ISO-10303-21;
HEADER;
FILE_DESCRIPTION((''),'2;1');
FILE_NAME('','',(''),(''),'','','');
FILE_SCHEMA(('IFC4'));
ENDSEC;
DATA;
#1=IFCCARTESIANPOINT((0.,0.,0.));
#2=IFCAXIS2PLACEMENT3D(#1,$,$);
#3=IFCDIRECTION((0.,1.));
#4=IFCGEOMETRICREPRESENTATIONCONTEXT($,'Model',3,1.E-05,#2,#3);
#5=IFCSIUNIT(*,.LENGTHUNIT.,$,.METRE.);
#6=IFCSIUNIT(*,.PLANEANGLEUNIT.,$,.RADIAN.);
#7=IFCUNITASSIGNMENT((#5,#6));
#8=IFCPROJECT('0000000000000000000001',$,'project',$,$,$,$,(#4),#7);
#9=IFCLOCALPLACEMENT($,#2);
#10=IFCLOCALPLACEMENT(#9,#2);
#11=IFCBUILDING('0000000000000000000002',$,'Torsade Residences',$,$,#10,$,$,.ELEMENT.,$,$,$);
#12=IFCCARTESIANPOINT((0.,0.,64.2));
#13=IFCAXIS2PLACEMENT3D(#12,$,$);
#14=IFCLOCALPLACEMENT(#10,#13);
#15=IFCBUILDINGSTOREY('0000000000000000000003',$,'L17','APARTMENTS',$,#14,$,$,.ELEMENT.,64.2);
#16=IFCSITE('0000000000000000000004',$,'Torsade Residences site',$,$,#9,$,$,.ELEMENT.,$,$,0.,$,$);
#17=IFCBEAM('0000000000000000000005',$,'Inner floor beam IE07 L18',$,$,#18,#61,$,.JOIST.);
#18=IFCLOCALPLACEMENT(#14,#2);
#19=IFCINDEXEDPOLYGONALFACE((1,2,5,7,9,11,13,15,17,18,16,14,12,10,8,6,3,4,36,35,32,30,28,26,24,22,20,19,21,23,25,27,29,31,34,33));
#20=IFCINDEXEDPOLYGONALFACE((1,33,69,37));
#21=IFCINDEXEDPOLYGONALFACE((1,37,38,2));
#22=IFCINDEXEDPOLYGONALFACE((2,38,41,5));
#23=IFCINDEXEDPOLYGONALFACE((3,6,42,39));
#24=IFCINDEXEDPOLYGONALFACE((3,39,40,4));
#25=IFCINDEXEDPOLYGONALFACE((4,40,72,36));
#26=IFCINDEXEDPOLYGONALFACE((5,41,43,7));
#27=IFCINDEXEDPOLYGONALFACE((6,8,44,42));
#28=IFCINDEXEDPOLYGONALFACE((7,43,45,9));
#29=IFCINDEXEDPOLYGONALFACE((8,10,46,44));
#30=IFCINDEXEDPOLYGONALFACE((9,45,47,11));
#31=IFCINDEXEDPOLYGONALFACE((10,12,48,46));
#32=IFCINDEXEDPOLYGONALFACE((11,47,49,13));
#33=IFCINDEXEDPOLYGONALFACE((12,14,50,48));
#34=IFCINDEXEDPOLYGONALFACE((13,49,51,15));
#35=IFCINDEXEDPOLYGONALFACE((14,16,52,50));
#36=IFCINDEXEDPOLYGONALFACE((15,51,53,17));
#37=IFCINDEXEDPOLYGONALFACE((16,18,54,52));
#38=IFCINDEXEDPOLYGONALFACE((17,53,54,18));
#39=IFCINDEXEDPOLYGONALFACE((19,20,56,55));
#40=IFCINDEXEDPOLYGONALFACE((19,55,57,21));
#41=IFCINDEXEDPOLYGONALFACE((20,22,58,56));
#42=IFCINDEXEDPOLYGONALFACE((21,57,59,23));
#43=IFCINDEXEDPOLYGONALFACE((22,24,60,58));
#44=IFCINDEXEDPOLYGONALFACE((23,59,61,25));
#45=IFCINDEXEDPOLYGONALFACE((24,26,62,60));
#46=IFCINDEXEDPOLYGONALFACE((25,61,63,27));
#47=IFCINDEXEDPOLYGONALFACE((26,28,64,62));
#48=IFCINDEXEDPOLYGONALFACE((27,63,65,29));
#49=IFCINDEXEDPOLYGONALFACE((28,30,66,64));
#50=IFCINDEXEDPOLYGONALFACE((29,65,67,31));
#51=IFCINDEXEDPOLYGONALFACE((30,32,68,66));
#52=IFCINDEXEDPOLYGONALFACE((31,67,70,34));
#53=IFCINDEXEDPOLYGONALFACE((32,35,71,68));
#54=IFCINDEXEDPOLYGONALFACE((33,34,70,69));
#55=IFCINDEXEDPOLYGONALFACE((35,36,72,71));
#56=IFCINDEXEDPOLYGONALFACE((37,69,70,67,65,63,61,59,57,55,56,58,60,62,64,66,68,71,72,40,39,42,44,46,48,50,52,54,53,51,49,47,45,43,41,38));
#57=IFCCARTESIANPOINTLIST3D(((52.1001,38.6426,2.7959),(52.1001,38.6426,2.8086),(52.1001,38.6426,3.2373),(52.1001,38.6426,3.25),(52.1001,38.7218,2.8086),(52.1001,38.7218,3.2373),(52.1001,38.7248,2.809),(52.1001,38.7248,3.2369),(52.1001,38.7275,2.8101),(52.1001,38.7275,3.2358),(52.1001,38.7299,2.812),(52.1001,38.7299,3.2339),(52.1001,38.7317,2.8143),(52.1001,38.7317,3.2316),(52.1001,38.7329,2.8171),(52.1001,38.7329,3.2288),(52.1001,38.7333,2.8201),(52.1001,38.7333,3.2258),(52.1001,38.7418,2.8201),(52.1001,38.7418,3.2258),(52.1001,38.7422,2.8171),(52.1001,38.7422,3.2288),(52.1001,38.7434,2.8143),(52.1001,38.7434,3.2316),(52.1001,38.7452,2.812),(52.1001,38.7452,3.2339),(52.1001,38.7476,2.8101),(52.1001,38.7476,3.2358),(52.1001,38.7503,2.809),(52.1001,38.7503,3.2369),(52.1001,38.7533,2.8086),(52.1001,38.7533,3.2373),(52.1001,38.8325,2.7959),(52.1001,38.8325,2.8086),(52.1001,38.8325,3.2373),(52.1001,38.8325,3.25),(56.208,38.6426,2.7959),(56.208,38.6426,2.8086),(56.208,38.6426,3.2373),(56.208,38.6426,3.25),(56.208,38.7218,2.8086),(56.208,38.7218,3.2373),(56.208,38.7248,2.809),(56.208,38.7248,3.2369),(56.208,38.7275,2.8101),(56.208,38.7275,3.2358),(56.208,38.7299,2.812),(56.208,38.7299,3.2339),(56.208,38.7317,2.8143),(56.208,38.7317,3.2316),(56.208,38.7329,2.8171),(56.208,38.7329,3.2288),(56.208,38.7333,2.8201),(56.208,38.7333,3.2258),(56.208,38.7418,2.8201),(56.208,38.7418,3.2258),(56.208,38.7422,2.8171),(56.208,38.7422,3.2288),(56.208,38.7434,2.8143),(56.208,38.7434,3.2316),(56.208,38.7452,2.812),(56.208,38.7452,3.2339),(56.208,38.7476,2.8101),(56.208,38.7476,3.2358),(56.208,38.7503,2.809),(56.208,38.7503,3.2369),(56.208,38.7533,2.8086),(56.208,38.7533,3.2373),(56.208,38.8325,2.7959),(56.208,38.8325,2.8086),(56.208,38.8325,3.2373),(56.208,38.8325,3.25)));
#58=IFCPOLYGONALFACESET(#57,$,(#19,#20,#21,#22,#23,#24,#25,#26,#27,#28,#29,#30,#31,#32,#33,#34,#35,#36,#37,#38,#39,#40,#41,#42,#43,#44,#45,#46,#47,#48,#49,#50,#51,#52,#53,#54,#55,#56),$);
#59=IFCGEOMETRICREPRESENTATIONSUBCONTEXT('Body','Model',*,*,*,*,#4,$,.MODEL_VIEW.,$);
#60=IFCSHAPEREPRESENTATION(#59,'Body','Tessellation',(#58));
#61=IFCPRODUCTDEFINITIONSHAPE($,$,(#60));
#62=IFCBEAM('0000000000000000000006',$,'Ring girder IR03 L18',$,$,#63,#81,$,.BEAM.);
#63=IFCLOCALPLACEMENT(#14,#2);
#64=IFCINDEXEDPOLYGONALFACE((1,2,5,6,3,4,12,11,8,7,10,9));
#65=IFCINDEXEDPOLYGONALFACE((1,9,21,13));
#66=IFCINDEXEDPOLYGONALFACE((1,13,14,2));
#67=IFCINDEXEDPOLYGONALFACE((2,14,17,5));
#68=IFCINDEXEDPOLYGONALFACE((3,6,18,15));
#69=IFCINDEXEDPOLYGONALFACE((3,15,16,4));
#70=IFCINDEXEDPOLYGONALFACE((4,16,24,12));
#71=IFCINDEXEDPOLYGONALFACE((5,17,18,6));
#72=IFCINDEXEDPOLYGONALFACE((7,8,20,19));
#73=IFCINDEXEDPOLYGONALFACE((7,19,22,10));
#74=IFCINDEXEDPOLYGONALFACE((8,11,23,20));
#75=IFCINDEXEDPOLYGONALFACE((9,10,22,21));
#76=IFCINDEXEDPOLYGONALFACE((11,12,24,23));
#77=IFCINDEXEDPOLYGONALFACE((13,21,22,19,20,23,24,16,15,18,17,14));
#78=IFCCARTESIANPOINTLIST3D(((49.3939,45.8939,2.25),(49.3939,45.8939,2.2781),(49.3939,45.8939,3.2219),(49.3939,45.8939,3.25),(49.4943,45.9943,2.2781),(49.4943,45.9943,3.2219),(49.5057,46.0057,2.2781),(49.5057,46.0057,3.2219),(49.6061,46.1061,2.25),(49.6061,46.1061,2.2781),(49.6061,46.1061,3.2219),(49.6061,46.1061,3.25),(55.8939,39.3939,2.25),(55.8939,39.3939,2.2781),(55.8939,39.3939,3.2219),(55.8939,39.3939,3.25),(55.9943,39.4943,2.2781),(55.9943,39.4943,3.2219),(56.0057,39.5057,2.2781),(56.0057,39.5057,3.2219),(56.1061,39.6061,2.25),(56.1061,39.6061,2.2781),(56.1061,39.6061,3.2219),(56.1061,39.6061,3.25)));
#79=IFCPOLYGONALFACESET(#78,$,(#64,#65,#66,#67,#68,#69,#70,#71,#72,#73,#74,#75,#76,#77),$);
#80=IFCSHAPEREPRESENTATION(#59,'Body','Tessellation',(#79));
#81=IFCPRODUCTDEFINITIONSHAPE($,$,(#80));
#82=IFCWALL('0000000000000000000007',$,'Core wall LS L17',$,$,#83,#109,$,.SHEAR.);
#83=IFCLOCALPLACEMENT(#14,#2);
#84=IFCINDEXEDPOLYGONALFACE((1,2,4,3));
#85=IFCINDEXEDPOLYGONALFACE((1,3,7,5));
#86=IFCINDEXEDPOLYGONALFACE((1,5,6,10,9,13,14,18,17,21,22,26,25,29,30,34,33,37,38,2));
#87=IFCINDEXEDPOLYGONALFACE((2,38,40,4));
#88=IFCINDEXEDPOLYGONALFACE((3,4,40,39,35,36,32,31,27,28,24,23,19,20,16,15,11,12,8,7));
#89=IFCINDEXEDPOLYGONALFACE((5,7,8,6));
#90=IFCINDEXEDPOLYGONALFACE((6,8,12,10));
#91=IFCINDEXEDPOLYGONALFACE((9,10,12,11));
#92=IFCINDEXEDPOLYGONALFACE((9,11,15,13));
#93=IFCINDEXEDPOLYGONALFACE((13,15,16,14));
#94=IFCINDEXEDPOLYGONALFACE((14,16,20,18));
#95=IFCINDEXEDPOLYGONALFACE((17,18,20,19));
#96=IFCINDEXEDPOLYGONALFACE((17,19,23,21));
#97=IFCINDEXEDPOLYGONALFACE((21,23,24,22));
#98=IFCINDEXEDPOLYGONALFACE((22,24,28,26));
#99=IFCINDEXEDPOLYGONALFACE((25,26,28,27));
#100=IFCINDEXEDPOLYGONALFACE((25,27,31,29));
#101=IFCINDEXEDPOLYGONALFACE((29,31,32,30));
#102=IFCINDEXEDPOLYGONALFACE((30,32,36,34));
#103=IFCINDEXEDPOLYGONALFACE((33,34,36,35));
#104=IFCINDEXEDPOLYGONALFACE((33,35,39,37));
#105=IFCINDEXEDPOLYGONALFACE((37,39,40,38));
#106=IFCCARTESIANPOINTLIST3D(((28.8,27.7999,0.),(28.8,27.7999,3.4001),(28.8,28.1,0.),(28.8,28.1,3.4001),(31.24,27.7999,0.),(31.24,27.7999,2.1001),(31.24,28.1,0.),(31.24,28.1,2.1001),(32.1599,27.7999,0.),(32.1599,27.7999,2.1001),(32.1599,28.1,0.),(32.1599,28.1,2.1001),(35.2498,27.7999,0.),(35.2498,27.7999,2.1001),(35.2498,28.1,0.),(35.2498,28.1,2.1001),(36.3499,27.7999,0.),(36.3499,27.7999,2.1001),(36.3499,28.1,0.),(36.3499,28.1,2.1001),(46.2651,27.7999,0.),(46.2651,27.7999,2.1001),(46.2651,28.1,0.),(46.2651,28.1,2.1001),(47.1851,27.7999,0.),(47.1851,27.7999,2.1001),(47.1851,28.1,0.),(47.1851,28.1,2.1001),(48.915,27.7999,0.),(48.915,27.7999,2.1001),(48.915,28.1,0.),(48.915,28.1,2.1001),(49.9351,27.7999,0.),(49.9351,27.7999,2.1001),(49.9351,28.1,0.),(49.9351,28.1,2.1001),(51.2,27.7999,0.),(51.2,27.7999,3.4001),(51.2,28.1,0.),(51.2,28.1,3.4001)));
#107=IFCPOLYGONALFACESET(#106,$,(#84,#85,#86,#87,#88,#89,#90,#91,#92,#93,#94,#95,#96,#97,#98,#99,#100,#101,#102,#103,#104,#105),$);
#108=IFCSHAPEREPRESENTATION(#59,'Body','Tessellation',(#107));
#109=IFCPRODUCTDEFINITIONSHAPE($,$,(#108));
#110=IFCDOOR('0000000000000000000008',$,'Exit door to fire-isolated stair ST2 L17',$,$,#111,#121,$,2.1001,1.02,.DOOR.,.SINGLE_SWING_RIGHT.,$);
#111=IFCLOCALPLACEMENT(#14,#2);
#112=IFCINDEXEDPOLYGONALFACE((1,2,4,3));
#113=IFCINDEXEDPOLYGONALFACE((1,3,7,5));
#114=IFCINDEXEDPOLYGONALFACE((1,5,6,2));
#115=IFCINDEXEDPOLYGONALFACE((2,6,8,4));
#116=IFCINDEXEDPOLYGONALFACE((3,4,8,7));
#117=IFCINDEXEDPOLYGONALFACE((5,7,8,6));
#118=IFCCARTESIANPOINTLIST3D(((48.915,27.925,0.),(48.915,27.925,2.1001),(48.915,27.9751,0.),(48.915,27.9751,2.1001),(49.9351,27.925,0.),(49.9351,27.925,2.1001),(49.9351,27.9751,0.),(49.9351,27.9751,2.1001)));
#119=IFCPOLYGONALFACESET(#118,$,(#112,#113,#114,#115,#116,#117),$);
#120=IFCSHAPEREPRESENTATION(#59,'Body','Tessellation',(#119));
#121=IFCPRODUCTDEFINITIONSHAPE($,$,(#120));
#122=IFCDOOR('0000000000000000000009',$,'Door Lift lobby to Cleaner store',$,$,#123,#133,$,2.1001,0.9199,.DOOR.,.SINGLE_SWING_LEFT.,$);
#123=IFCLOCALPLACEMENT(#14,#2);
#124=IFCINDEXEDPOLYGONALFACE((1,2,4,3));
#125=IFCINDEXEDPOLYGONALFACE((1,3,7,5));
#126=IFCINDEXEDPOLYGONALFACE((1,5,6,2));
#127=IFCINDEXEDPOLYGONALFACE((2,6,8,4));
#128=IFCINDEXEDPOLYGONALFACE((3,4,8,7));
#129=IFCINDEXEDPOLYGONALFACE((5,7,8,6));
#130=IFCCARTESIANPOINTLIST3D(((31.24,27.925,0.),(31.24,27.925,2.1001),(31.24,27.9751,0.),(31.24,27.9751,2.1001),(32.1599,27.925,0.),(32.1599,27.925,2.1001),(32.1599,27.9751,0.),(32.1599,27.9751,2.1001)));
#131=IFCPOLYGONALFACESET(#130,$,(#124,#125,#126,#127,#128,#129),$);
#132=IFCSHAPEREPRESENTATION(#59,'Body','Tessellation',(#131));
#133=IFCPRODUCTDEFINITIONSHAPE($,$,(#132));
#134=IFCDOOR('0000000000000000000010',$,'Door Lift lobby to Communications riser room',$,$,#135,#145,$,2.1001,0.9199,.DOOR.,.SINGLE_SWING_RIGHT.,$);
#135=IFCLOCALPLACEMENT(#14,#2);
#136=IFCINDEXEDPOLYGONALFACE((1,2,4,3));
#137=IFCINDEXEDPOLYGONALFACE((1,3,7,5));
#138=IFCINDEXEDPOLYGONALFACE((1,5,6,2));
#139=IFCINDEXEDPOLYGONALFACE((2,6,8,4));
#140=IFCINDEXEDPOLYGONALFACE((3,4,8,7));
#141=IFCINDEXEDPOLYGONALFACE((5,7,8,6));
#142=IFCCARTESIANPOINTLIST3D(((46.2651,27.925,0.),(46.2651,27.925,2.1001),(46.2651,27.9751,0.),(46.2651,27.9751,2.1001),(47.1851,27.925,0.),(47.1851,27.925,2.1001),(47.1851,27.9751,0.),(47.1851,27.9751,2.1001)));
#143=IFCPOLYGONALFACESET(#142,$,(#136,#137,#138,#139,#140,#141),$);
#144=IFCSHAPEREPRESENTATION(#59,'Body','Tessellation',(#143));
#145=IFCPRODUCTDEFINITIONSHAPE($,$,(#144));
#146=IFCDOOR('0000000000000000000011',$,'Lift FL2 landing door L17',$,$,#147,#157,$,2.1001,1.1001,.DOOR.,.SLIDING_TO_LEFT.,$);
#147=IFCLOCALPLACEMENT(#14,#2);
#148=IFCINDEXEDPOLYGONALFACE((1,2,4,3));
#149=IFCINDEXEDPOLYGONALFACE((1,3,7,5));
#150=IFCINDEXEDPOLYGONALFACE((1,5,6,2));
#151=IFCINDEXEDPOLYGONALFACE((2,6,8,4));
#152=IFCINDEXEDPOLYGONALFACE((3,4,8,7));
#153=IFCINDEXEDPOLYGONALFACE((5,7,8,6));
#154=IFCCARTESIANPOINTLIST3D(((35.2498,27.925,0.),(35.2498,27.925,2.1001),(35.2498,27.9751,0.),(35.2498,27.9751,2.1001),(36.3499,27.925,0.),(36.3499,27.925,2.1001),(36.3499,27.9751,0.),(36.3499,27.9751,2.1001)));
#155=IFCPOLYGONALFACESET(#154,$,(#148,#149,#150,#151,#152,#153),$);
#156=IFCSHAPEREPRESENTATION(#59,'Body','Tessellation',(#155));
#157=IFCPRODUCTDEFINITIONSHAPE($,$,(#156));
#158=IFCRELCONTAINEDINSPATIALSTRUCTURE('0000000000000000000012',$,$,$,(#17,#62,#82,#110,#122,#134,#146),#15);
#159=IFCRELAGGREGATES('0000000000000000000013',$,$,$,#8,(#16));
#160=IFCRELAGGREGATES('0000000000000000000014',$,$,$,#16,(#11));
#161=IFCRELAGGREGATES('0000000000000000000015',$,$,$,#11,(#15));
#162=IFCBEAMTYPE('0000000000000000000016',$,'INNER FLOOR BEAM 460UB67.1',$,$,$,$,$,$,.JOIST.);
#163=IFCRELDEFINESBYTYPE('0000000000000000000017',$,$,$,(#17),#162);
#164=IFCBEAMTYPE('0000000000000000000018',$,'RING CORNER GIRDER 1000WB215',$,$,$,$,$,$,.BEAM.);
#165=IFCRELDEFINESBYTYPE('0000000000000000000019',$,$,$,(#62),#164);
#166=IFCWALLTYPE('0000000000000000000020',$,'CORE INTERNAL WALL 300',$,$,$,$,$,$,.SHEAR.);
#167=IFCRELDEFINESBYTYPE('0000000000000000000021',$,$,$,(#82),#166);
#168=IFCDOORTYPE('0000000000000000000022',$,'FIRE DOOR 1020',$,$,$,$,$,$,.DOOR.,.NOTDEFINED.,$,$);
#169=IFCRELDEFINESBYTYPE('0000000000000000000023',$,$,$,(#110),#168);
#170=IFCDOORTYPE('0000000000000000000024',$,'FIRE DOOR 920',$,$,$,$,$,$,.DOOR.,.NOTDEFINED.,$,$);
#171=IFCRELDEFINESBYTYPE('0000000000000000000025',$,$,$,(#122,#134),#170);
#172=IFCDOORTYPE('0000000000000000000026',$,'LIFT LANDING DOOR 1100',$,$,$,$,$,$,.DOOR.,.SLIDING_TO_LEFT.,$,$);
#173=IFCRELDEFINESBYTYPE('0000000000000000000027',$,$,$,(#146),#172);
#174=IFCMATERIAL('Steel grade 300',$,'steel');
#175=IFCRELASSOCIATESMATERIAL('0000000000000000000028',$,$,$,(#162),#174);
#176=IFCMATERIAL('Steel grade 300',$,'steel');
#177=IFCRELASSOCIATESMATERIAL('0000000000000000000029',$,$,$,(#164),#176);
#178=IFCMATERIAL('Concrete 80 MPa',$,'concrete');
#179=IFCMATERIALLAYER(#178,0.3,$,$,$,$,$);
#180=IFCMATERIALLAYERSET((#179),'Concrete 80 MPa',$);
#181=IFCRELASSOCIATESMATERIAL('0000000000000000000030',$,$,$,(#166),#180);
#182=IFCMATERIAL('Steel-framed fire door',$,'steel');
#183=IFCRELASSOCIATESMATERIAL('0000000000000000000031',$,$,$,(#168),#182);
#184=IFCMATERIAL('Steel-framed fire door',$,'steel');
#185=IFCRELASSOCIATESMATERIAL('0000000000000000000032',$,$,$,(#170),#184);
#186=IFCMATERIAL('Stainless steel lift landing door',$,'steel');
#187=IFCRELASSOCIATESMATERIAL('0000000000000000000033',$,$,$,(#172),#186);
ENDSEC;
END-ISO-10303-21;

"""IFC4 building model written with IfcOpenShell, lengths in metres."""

from ifc_helpers import new_model, si_unit, direction, frame, frame_2d, origin, origin_2d, place, context, subcontext, project, spatial, rectangle, i_section, extrude, material, layer, layer_set, material_profile, profile_set, type_object, element, fill, save


model = new_model("IFC4")

# Units and contexts
model_context = context("Model", 3, precision=1e-05, world=origin(), true_north=direction((0.0, 1.0)))
body_context = subcontext(model_context, "Body", "Model", "MODEL_VIEW")
ifc_project = project(units=[si_unit("LENGTHUNIT", "METRE"), si_unit("PLANEANGLEUNIT", "RADIAN")], contexts=[model_context])

# Site, building, storey
site_placement = place(None, origin())
site = spatial("IfcSite", under=ifc_project, at=site_placement, Name="Torsade Residences site", CompositionType="ELEMENT", RefElevation=0.0)
building_placement = place(site_placement, origin())
building = spatial("IfcBuilding", under=site, at=building_placement, Name="Torsade Residences", CompositionType="ELEMENT")
storey_placement = place(building_placement, frame((0.0, 0.0, 64.2)))
storey = spatial("IfcBuildingStorey", under=building, at=storey_placement, Name="L17", Description="APARTMENTS", CompositionType="ELEMENT", Elevation=64.2)

# Beams
ifc_material_1 = material(Name="Steel grade 300", Category="steel")
ifc_material_profile_1 = material_profile(ifc_material_1, i_section(OverallWidth=0.1899, OverallDepth=0.4541, WebThickness=0.0085, FlangeThickness=0.0127, FilletRadius=0.0115, at=origin_2d()), Name="460UB67.1")
ifc_profile_set_1 = profile_set([ifc_material_profile_1], Name="Steel grade 300")
beam_type_1 = type_object("IfcBeamType", Name="INNER FLOOR BEAM 460UB67.1", PredefinedType="JOIST", material=ifc_profile_set_1)
beam_1_placement = place(storey_placement, frame((52.1001, 38.7375, 3.0229), z_axis=(1.0, 0.0, 0.0), x_axis=(0.0, 1.0, 0.0)))
element("IfcBeam", 1, at=beam_1_placement, inside=storey, type_object=beam_type_1, Name="Inner floor beam IE07 L18", PredefinedType="JOIST", context=body_context, shape_type="SweptSolid", body=[
    extrude(i_section(OverallWidth=0.1899, OverallDepth=0.4541, WebThickness=0.0085, FlangeThickness=0.0127, FilletRadius=0.0115, at=origin_2d()), origin(), (0.0, 0.0, 1.0), 4.1079),
])
ifc_material_2 = material(Name="Steel grade 300", Category="steel")
ifc_material_profile_2 = material_profile(ifc_material_2, i_section(OverallWidth=0.3, OverallDepth=1.0, WebThickness=0.0161, FlangeThickness=0.0281, at=origin_2d()), Name="1000WB215")
ifc_profile_set_2 = profile_set([ifc_material_profile_2], Name="Steel grade 300")
beam_type_2 = type_object("IfcBeamType", Name="RING CORNER GIRDER 1000WB215", PredefinedType="BEAM", material=ifc_profile_set_2)
beam_2_placement = place(storey_placement, frame((56.0, 39.5, 2.75), z_axis=(-0.707107, 0.707107, 0.0), x_axis=(-0.707107, -0.707107, 0.0)))
element("IfcBeam", 2, at=beam_2_placement, inside=storey, type_object=beam_type_2, Name="Ring girder IR03 L18", PredefinedType="BEAM", context=body_context, shape_type="SweptSolid", body=[
    extrude(i_section(OverallWidth=0.3, OverallDepth=1.0, WebThickness=0.0161, FlangeThickness=0.0281, at=origin_2d()), origin(), (0.0, 0.0, 1.0), 9.1924),
])

# Wall, openings, doors
ifc_material_3 = material(Name="Concrete 80 MPa", Category="concrete")
ifc_layer_1 = layer(ifc_material_3, 0.3)
ifc_layer_set_1 = layer_set([ifc_layer_1], Name="Concrete 80 MPa")
wall_type_1 = type_object("IfcWallType", Name="CORE INTERNAL WALL 300", PredefinedType="SHEAR", material=ifc_layer_set_1)
wall_1_placement = place(storey_placement, frame((51.2, 27.95, 0.0), z_axis=(0.0, 0.0, 1.0), x_axis=(-1.0, 0.0, 0.0)))
wall_1 = element("IfcWall", 3, at=wall_1_placement, inside=storey, type_object=wall_type_1, Name="Core wall LS L17", PredefinedType="SHEAR", context=body_context, shape_type="SweptSolid", body=[
    extrude(rectangle(XDim=22.3999, YDim=0.3, at=frame_2d((11.2, 0.0))), origin(), (0.0, 0.0, 1.0), 3.4001),
])
opening_1_placement = place(wall_1_placement, frame((19.04, 0.0, 0.0)))
opening_1 = element("IfcOpeningElement", 4, at=opening_1_placement, cuts=wall_1, PredefinedType="OPENING", context=body_context, shape_type="SweptSolid", body=[
    extrude(rectangle(XDim=0.9199, YDim=2.1001, at=frame_2d((0.46, 1.05))), frame((0.0, 0.1599, 0.0), z_axis=(0.0, -1.0, 0.0), x_axis=(1.0, 0.0, 0.0)), (0.0, 0.0, 1.0), 0.3201),
])
opening_2_placement = place(wall_1_placement, frame((1.2649, 0.0, 0.0)))
opening_2 = element("IfcOpeningElement", 5, at=opening_2_placement, cuts=wall_1, PredefinedType="OPENING", context=body_context, shape_type="SweptSolid", body=[
    extrude(rectangle(XDim=1.02, YDim=2.1001, at=frame_2d((0.51, 1.05))), frame((0.0, 0.1599, 0.0), z_axis=(0.0, -1.0, 0.0), x_axis=(1.0, 0.0, 0.0)), (0.0, 0.0, 1.0), 0.3201),
])
opening_3_placement = place(wall_1_placement, frame((4.0149, 0.0, 0.0)))
opening_3 = element("IfcOpeningElement", 6, at=opening_3_placement, cuts=wall_1, PredefinedType="OPENING", context=body_context, shape_type="SweptSolid", body=[
    extrude(rectangle(XDim=0.9199, YDim=2.1001, at=frame_2d((0.46, 1.05))), frame((0.0, 0.1599, 0.0), z_axis=(0.0, -1.0, 0.0), x_axis=(1.0, 0.0, 0.0)), (0.0, 0.0, 1.0), 0.3201),
])
opening_4_placement = place(wall_1_placement, frame((14.8501, 0.0, 0.0)))
opening_4 = element("IfcOpeningElement", 7, at=opening_4_placement, cuts=wall_1, PredefinedType="OPENING", context=body_context, shape_type="SweptSolid", body=[
    extrude(rectangle(XDim=1.1001, YDim=2.1001, at=frame_2d((0.55, 1.05))), frame((0.0, 0.1599, 0.0), z_axis=(0.0, -1.0, 0.0), x_axis=(1.0, 0.0, 0.0)), (0.0, 0.0, 1.0), 0.3201),
])
ifc_material_4 = material(Name="Steel-framed fire door", Category="steel")
door_type_1 = type_object("IfcDoorType", Name="FIRE DOOR 1020", OperationType="NOTDEFINED", PredefinedType="DOOR", material=ifc_material_4)
door_1_placement = place(opening_2_placement, origin())
door_1 = element("IfcDoor", 8, at=door_1_placement, inside=storey, type_object=door_type_1, Name="Exit door to fire-isolated stair ST2 L17", OperationType="SINGLE_SWING_RIGHT", OverallHeight=2.1001, OverallWidth=1.02, PredefinedType="DOOR", context=body_context, shape_type="SweptSolid", body=[
    extrude(rectangle(XDim=1.02, YDim=2.1001, at=frame_2d((0.51, 1.05))), frame((0.0, 0.0249, 0.0), z_axis=(0.0, -1.0, 0.0), x_axis=(1.0, 0.0, 0.0)), (0.0, 0.0, 1.0), 0.05),
])
fill(opening_2, door_1)
ifc_material_5 = material(Name="Steel-framed fire door", Category="steel")
door_type_2 = type_object("IfcDoorType", Name="FIRE DOOR 920", OperationType="NOTDEFINED", PredefinedType="DOOR", material=ifc_material_5)
door_2_placement = place(opening_1_placement, origin())
door_2 = element("IfcDoor", 9, at=door_2_placement, inside=storey, type_object=door_type_2, Name="Door Lift lobby to Cleaner store", OperationType="SINGLE_SWING_LEFT", OverallHeight=2.1001, OverallWidth=0.9199, PredefinedType="DOOR", context=body_context, shape_type="SweptSolid", body=[
    extrude(rectangle(XDim=0.9199, YDim=2.1001, at=frame_2d((0.46, 1.05))), frame((0.0, 0.0249, 0.0), z_axis=(0.0, -1.0, 0.0), x_axis=(1.0, 0.0, 0.0)), (0.0, 0.0, 1.0), 0.05),
])
fill(opening_1, door_2)
door_3_placement = place(opening_3_placement, origin())
door_3 = element("IfcDoor", 10, at=door_3_placement, inside=storey, type_object=door_type_2, Name="Door Lift lobby to Communications riser room", OperationType="SINGLE_SWING_RIGHT", OverallHeight=2.1001, OverallWidth=0.9199, PredefinedType="DOOR", context=body_context, shape_type="SweptSolid", body=[
    extrude(rectangle(XDim=0.9199, YDim=2.1001, at=frame_2d((0.46, 1.05))), frame((0.0, 0.0249, 0.0), z_axis=(0.0, -1.0, 0.0), x_axis=(1.0, 0.0, 0.0)), (0.0, 0.0, 1.0), 0.05),
])
fill(opening_3, door_3)
ifc_material_6 = material(Name="Stainless steel lift landing door", Category="steel")
door_type_3 = type_object("IfcDoorType", Name="LIFT LANDING DOOR 1100", OperationType="SLIDING_TO_LEFT", PredefinedType="DOOR", material=ifc_material_6)
door_4_placement = place(opening_4_placement, origin())
door_4 = element("IfcDoor", 11, at=door_4_placement, inside=storey, type_object=door_type_3, Name="Lift FL2 landing door L17", OperationType="SLIDING_TO_LEFT", OverallHeight=2.1001, OverallWidth=1.1001, PredefinedType="DOOR", context=body_context, shape_type="SweptSolid", body=[
    extrude(rectangle(XDim=1.1001, YDim=2.1001, at=frame_2d((0.55, 1.05))), frame((0.0, 0.0249, 0.0), z_axis=(0.0, -1.0, 0.0), x_axis=(1.0, 0.0, 0.0)), (0.0, 0.0, 1.0), 0.05),
])
fill(opening_4, door_4)

save(model, "model.ifc")
